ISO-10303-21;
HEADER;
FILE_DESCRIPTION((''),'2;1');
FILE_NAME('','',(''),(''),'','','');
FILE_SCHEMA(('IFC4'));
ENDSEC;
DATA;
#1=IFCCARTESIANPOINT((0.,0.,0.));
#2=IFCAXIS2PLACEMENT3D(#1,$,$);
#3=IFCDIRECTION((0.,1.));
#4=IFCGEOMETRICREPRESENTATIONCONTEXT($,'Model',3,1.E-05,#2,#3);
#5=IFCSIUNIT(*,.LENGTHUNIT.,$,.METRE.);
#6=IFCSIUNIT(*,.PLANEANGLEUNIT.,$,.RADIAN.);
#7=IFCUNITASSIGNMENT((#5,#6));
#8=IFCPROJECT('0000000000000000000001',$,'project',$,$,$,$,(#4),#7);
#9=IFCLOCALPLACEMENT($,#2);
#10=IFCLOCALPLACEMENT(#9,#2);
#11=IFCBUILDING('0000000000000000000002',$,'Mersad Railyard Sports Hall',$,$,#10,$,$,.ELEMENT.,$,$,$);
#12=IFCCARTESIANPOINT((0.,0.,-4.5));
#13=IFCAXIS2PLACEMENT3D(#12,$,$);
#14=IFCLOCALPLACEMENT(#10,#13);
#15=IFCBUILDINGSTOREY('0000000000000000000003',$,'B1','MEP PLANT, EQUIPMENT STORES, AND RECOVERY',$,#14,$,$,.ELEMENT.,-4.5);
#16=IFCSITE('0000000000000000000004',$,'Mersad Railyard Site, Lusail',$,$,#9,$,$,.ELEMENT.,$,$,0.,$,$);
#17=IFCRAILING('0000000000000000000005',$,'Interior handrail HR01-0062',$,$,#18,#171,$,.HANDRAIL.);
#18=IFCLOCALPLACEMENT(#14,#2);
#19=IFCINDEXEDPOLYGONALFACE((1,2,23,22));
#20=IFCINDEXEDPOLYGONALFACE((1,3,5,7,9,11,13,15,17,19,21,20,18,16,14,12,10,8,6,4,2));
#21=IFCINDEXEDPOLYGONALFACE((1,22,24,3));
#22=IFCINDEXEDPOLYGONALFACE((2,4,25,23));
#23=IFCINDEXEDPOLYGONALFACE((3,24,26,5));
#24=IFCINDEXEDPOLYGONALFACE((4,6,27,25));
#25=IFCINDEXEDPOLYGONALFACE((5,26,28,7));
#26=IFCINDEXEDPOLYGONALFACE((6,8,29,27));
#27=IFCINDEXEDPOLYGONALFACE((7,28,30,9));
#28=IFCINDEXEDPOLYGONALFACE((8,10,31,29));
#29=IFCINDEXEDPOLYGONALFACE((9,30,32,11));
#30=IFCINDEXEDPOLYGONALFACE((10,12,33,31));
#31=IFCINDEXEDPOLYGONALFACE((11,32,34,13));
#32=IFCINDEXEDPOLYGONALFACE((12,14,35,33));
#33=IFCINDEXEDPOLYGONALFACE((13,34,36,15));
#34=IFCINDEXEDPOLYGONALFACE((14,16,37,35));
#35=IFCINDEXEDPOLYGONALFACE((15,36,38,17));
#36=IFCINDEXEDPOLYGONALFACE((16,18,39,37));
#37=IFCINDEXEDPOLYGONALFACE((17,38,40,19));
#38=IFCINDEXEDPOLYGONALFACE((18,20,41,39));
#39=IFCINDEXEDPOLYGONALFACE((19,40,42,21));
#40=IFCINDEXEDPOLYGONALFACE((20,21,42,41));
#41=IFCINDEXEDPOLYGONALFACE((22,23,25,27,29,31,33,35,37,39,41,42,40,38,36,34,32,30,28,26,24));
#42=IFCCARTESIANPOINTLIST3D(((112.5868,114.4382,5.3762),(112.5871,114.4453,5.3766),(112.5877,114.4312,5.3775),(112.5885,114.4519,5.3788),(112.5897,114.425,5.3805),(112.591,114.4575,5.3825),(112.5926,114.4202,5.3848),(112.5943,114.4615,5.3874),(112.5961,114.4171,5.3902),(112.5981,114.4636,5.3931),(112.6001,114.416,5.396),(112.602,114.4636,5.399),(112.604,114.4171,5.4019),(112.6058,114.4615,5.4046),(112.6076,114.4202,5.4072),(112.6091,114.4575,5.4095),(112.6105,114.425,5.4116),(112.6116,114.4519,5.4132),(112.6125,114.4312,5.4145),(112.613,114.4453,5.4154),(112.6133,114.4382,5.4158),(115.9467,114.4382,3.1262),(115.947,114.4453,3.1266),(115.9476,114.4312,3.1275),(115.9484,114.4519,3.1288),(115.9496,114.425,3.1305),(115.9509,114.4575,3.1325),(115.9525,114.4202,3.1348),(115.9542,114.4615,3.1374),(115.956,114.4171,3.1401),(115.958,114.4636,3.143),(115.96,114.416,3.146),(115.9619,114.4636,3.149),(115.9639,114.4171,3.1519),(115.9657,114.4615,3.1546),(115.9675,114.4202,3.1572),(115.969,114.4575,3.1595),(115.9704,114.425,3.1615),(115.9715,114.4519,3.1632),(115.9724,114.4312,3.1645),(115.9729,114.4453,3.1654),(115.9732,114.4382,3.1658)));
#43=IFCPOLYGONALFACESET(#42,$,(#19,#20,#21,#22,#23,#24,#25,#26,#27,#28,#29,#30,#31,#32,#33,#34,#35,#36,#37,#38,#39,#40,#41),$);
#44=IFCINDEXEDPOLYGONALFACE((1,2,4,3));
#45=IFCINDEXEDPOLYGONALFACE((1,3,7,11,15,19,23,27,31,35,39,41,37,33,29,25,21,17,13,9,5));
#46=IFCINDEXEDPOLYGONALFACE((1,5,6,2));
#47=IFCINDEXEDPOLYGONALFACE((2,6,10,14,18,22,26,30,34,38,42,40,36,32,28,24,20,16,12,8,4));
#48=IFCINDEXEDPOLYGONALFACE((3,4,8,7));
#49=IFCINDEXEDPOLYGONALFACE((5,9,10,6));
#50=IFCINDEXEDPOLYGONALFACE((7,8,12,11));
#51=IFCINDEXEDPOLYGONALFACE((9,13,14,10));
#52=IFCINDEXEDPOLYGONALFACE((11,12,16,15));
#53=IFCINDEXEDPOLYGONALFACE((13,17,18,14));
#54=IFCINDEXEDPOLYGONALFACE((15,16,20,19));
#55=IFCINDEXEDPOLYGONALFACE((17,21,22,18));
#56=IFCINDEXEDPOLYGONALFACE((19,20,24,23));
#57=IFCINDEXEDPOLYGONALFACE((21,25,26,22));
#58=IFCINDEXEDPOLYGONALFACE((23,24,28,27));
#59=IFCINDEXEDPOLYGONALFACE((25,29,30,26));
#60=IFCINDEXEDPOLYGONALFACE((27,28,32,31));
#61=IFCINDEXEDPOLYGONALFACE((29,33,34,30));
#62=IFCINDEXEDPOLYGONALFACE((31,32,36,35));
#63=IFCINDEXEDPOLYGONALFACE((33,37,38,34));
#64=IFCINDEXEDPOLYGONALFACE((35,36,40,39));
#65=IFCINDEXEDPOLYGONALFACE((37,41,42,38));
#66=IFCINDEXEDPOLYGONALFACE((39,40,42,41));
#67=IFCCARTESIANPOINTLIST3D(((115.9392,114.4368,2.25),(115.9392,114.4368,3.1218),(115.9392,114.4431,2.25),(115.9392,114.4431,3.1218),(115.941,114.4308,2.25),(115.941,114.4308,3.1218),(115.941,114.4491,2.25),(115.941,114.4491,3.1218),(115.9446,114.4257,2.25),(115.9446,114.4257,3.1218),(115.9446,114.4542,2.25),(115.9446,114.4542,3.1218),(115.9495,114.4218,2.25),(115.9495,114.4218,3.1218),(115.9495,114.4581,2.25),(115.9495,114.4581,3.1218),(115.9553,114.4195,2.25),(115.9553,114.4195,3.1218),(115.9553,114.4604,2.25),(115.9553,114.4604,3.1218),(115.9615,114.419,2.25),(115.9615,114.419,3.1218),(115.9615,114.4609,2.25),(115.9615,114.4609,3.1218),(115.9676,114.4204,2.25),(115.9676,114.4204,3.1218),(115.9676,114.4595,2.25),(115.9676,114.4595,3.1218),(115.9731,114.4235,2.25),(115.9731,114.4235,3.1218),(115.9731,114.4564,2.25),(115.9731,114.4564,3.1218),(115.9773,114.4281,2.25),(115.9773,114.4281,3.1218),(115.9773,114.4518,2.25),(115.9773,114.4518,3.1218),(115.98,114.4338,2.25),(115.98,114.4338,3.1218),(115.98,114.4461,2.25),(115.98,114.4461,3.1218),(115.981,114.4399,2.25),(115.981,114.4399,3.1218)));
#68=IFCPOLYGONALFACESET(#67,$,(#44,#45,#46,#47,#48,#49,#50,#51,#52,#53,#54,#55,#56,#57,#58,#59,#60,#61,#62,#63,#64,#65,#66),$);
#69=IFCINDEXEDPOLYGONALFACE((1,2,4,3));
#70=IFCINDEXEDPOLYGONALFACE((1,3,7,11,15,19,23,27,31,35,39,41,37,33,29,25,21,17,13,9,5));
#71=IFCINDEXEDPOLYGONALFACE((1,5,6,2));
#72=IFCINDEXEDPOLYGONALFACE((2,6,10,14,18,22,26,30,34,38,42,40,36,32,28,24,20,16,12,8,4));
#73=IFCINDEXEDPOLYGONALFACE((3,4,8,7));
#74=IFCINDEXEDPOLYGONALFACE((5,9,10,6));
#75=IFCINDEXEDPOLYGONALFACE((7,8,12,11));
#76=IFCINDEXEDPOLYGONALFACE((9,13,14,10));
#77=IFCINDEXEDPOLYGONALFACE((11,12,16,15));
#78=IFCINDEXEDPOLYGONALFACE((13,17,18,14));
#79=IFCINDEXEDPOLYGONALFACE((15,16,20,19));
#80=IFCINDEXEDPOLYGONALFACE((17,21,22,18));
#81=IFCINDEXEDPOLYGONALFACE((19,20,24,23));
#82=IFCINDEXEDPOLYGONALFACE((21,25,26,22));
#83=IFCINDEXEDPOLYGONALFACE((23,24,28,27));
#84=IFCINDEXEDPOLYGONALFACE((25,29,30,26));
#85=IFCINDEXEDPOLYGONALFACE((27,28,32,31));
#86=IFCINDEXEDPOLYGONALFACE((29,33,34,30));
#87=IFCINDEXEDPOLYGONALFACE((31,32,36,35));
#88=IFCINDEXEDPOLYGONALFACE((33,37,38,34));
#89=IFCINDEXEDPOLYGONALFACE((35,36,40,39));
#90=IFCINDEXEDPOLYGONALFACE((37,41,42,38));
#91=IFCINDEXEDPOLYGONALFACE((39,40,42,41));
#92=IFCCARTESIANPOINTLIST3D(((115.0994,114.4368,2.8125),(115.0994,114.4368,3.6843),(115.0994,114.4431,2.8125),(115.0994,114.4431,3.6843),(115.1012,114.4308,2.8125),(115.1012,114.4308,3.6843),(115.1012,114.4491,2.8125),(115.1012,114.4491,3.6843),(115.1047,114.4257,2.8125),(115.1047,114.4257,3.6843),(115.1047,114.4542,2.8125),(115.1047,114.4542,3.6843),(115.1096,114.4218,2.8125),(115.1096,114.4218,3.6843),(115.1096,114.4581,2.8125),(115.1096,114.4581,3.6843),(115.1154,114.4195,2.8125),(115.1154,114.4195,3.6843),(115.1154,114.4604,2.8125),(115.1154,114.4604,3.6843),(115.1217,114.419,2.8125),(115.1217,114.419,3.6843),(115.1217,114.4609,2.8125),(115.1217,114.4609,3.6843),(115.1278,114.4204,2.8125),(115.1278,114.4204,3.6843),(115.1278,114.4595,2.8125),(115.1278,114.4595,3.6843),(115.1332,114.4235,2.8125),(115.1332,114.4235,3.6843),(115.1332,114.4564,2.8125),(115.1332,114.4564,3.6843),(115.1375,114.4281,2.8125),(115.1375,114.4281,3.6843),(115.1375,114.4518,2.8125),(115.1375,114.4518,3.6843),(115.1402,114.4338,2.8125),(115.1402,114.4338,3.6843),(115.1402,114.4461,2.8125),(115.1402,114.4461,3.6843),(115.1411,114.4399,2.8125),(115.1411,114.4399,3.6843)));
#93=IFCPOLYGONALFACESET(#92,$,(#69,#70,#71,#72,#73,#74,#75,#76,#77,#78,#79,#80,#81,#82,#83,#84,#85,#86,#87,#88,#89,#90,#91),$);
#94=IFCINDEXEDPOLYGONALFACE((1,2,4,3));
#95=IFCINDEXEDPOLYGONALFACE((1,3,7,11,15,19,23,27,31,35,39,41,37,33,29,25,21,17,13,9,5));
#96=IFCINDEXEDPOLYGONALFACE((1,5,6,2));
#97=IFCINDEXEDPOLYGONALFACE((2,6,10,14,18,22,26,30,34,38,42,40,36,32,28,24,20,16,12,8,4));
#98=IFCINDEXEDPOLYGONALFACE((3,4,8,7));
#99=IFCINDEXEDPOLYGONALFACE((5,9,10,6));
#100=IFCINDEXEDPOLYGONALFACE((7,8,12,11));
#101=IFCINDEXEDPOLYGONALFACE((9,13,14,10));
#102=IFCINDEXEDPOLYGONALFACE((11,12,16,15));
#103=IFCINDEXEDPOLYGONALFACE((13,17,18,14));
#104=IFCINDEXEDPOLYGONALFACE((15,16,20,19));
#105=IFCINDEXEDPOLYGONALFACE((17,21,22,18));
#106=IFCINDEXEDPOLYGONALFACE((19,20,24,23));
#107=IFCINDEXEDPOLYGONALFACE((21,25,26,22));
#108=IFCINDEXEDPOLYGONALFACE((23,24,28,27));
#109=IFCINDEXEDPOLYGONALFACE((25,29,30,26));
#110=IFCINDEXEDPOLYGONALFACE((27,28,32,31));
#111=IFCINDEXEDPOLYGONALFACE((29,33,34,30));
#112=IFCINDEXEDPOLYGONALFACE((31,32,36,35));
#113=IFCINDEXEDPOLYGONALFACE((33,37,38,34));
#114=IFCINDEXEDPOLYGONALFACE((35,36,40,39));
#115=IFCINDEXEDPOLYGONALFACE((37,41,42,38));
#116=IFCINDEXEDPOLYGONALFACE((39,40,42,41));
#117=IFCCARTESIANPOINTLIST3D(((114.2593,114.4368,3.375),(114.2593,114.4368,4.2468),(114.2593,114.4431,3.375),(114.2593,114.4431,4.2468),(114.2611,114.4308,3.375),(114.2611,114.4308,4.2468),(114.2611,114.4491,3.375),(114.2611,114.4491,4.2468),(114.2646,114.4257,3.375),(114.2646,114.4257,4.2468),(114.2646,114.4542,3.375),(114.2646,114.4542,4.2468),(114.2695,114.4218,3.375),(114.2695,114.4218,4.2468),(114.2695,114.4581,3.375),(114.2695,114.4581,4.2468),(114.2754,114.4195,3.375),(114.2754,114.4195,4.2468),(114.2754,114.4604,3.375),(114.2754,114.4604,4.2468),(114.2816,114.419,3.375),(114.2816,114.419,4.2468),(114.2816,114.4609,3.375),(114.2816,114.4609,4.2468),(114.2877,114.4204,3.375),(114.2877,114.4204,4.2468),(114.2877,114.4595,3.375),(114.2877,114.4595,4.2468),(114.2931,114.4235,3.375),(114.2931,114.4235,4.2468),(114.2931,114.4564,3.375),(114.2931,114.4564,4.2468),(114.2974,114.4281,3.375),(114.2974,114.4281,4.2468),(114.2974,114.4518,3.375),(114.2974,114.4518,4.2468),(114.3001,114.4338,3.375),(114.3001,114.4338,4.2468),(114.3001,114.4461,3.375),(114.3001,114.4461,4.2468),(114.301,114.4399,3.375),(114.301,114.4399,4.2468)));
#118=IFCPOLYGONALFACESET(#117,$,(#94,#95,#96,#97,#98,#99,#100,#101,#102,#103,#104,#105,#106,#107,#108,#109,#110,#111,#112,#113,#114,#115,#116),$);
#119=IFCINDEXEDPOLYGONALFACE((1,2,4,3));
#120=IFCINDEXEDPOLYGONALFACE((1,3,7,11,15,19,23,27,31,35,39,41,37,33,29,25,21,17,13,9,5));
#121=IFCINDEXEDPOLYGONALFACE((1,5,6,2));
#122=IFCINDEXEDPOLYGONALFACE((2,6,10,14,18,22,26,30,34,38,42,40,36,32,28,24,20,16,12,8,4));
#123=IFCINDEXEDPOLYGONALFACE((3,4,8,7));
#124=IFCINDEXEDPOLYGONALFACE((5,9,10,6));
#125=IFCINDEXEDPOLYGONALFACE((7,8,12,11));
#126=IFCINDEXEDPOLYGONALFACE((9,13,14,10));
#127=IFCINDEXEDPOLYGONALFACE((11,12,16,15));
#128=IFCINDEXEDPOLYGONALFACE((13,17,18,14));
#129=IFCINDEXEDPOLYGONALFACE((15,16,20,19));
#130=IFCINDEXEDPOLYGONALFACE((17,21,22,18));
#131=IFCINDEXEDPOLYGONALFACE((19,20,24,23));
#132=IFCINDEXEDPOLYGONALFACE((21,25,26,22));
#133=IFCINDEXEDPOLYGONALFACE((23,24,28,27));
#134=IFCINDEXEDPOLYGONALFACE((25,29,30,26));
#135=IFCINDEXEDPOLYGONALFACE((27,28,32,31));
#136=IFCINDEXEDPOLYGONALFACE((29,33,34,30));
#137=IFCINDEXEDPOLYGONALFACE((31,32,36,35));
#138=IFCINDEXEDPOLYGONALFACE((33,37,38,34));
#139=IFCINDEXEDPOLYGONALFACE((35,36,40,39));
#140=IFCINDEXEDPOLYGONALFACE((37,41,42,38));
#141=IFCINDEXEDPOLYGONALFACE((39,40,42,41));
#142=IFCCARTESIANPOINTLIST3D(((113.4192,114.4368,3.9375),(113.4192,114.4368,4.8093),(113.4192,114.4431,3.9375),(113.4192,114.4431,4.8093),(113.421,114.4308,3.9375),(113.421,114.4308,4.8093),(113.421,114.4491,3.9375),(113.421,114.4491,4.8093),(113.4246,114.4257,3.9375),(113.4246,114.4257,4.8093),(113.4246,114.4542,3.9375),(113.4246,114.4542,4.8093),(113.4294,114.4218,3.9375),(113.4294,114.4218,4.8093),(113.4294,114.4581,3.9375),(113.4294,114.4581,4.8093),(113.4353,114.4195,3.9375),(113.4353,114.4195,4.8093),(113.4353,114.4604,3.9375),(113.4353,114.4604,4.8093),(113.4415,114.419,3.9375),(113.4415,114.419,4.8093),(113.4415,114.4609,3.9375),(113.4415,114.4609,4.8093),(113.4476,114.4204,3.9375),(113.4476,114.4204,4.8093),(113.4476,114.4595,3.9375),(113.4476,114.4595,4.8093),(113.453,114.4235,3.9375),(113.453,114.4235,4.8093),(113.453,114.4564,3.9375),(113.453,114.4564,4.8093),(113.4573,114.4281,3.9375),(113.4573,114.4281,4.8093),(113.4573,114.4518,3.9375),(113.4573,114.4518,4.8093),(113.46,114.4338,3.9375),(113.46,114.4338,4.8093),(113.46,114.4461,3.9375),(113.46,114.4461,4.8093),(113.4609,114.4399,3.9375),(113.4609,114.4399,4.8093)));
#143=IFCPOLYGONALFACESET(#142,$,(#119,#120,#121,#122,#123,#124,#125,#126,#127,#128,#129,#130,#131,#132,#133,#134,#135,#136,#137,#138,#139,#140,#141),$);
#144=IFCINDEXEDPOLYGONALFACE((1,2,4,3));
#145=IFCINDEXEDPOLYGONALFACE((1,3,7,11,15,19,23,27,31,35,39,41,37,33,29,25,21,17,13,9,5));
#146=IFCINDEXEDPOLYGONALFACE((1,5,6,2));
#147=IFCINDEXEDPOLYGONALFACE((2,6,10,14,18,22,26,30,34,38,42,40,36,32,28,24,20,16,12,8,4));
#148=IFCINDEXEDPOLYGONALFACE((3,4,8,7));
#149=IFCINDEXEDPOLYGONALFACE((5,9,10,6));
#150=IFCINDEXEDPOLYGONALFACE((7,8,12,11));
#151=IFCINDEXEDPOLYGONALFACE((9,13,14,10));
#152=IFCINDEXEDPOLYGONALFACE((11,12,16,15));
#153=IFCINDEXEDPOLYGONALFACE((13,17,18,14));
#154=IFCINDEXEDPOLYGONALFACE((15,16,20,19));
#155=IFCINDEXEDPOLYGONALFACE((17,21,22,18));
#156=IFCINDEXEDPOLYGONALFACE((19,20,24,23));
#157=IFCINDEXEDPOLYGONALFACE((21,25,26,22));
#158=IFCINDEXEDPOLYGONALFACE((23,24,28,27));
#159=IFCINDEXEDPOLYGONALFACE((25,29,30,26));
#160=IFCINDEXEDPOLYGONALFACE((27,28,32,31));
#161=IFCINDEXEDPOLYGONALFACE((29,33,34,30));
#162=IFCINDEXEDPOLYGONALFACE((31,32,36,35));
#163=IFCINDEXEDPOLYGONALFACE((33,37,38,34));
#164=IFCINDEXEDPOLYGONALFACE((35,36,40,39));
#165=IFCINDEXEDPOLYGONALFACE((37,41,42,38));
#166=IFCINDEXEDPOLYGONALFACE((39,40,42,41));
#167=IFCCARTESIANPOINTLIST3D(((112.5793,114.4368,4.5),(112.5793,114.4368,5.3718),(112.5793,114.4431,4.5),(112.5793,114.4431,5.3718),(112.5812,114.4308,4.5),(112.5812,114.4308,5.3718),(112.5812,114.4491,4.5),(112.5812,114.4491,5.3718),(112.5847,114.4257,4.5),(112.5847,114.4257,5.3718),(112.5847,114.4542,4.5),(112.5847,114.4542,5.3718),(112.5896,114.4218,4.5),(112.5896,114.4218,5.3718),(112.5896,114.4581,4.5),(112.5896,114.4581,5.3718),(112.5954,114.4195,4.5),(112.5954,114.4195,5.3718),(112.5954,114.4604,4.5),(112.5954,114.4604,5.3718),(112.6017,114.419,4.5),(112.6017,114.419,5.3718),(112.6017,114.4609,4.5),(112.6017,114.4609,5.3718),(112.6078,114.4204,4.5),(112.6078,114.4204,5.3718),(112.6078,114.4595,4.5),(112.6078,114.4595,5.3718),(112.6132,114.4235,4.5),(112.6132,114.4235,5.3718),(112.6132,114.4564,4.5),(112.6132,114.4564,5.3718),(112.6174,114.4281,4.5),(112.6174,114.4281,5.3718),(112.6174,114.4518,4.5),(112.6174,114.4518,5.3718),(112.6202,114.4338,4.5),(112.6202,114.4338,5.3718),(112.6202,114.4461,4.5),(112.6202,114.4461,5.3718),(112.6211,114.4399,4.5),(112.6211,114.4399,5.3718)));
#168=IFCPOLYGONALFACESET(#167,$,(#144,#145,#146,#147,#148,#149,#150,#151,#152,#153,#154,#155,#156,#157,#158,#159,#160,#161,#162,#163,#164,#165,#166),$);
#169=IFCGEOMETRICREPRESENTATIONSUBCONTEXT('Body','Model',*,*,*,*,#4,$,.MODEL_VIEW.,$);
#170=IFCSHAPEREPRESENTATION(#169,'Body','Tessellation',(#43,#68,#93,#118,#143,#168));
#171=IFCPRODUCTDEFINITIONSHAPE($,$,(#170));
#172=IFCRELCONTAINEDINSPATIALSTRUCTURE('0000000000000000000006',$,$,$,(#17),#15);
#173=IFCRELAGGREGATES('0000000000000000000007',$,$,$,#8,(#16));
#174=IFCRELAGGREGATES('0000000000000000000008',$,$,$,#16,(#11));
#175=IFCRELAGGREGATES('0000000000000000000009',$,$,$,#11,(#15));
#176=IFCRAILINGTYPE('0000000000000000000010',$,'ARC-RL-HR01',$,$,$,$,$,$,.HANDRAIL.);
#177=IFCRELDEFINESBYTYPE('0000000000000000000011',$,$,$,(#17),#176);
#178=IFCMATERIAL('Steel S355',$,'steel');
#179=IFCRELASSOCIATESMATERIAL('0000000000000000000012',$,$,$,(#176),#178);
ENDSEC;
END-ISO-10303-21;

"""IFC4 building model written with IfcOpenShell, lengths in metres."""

from ifc_helpers import new_model, si_unit, direction, frame, origin, origin_2d, place, context, subcontext, project, spatial, circle, extrude, material, type_object, element, save


model = new_model("IFC4")

# Units and contexts
model_context = context("Model", 3, precision=1e-05, world=origin(), true_north=direction((0.0, 1.0)))
body_context = subcontext(model_context, "Body", "Model", "MODEL_VIEW")
ifc_project = project(units=[si_unit("LENGTHUNIT", "METRE"), si_unit("PLANEANGLEUNIT", "RADIAN")], contexts=[model_context])

# Site, building, storey
site_placement = place(None, origin())
site = spatial("IfcSite", under=ifc_project, at=site_placement, Name="Mersad Railyard Site, Lusail", CompositionType="ELEMENT", RefElevation=0.0)
building_placement = place(site_placement, origin())
building = spatial("IfcBuilding", under=site, at=building_placement, Name="Mersad Railyard Sports Hall", CompositionType="ELEMENT")
storey_placement = place(building_placement, frame((0.0, 0.0, -4.5)))
storey = spatial("IfcBuildingStorey", under=building, at=storey_placement, Name="B1", Description="MEP PLANT, EQUIPMENT STORES, AND RECOVERY", CompositionType="ELEMENT", Elevation=-4.5)

# Shared definitions
ifc_material_1 = material(Name="Steel S355", Category="steel")

# Railing
railing_type_1 = type_object("IfcRailingType", Name="ARC-RL-HR01", PredefinedType="HANDRAIL", material=ifc_material_1)
railing_1_placement = place(storey_placement, frame((115.96, 114.4399, 2.25)))
element("IfcRailing", 1, at=railing_1_placement, inside=storey, type_object=railing_type_1, Name="Interior handrail HR01-0062", PredefinedType="HANDRAIL", context=body_context, shape_type="SweptSolid", body=[
    extrude(circle(Radius=0.0239, at=origin_2d()), frame((0.0, 0.0, 0.896), z_axis=(-0.830897, 0.0, 0.556427), x_axis=(0.0, -1.0, 0.0)), (0.0, 0.0, 1.0), 4.0437),
    extrude(circle(Radius=0.021, at=origin_2d()), origin(), (0.0, 0.0, 1.0), 0.8718),
    extrude(circle(Radius=0.021, at=origin_2d()), frame((-0.8398, 0.0, 0.5625)), (0.0, 0.0, 1.0), 0.8718),
    extrude(circle(Radius=0.021, at=origin_2d()), frame((-1.6799, 0.0, 1.125)), (0.0, 0.0, 1.0), 0.8718),
    extrude(circle(Radius=0.021, at=origin_2d()), frame((-2.52, 0.0, 1.6875)), (0.0, 0.0, 1.0), 0.8718),
    extrude(circle(Radius=0.021, at=origin_2d()), frame((-3.3599, 0.0, 2.25)), (0.0, 0.0, 1.0), 0.8718),
])

save(model, "model.ifc")
